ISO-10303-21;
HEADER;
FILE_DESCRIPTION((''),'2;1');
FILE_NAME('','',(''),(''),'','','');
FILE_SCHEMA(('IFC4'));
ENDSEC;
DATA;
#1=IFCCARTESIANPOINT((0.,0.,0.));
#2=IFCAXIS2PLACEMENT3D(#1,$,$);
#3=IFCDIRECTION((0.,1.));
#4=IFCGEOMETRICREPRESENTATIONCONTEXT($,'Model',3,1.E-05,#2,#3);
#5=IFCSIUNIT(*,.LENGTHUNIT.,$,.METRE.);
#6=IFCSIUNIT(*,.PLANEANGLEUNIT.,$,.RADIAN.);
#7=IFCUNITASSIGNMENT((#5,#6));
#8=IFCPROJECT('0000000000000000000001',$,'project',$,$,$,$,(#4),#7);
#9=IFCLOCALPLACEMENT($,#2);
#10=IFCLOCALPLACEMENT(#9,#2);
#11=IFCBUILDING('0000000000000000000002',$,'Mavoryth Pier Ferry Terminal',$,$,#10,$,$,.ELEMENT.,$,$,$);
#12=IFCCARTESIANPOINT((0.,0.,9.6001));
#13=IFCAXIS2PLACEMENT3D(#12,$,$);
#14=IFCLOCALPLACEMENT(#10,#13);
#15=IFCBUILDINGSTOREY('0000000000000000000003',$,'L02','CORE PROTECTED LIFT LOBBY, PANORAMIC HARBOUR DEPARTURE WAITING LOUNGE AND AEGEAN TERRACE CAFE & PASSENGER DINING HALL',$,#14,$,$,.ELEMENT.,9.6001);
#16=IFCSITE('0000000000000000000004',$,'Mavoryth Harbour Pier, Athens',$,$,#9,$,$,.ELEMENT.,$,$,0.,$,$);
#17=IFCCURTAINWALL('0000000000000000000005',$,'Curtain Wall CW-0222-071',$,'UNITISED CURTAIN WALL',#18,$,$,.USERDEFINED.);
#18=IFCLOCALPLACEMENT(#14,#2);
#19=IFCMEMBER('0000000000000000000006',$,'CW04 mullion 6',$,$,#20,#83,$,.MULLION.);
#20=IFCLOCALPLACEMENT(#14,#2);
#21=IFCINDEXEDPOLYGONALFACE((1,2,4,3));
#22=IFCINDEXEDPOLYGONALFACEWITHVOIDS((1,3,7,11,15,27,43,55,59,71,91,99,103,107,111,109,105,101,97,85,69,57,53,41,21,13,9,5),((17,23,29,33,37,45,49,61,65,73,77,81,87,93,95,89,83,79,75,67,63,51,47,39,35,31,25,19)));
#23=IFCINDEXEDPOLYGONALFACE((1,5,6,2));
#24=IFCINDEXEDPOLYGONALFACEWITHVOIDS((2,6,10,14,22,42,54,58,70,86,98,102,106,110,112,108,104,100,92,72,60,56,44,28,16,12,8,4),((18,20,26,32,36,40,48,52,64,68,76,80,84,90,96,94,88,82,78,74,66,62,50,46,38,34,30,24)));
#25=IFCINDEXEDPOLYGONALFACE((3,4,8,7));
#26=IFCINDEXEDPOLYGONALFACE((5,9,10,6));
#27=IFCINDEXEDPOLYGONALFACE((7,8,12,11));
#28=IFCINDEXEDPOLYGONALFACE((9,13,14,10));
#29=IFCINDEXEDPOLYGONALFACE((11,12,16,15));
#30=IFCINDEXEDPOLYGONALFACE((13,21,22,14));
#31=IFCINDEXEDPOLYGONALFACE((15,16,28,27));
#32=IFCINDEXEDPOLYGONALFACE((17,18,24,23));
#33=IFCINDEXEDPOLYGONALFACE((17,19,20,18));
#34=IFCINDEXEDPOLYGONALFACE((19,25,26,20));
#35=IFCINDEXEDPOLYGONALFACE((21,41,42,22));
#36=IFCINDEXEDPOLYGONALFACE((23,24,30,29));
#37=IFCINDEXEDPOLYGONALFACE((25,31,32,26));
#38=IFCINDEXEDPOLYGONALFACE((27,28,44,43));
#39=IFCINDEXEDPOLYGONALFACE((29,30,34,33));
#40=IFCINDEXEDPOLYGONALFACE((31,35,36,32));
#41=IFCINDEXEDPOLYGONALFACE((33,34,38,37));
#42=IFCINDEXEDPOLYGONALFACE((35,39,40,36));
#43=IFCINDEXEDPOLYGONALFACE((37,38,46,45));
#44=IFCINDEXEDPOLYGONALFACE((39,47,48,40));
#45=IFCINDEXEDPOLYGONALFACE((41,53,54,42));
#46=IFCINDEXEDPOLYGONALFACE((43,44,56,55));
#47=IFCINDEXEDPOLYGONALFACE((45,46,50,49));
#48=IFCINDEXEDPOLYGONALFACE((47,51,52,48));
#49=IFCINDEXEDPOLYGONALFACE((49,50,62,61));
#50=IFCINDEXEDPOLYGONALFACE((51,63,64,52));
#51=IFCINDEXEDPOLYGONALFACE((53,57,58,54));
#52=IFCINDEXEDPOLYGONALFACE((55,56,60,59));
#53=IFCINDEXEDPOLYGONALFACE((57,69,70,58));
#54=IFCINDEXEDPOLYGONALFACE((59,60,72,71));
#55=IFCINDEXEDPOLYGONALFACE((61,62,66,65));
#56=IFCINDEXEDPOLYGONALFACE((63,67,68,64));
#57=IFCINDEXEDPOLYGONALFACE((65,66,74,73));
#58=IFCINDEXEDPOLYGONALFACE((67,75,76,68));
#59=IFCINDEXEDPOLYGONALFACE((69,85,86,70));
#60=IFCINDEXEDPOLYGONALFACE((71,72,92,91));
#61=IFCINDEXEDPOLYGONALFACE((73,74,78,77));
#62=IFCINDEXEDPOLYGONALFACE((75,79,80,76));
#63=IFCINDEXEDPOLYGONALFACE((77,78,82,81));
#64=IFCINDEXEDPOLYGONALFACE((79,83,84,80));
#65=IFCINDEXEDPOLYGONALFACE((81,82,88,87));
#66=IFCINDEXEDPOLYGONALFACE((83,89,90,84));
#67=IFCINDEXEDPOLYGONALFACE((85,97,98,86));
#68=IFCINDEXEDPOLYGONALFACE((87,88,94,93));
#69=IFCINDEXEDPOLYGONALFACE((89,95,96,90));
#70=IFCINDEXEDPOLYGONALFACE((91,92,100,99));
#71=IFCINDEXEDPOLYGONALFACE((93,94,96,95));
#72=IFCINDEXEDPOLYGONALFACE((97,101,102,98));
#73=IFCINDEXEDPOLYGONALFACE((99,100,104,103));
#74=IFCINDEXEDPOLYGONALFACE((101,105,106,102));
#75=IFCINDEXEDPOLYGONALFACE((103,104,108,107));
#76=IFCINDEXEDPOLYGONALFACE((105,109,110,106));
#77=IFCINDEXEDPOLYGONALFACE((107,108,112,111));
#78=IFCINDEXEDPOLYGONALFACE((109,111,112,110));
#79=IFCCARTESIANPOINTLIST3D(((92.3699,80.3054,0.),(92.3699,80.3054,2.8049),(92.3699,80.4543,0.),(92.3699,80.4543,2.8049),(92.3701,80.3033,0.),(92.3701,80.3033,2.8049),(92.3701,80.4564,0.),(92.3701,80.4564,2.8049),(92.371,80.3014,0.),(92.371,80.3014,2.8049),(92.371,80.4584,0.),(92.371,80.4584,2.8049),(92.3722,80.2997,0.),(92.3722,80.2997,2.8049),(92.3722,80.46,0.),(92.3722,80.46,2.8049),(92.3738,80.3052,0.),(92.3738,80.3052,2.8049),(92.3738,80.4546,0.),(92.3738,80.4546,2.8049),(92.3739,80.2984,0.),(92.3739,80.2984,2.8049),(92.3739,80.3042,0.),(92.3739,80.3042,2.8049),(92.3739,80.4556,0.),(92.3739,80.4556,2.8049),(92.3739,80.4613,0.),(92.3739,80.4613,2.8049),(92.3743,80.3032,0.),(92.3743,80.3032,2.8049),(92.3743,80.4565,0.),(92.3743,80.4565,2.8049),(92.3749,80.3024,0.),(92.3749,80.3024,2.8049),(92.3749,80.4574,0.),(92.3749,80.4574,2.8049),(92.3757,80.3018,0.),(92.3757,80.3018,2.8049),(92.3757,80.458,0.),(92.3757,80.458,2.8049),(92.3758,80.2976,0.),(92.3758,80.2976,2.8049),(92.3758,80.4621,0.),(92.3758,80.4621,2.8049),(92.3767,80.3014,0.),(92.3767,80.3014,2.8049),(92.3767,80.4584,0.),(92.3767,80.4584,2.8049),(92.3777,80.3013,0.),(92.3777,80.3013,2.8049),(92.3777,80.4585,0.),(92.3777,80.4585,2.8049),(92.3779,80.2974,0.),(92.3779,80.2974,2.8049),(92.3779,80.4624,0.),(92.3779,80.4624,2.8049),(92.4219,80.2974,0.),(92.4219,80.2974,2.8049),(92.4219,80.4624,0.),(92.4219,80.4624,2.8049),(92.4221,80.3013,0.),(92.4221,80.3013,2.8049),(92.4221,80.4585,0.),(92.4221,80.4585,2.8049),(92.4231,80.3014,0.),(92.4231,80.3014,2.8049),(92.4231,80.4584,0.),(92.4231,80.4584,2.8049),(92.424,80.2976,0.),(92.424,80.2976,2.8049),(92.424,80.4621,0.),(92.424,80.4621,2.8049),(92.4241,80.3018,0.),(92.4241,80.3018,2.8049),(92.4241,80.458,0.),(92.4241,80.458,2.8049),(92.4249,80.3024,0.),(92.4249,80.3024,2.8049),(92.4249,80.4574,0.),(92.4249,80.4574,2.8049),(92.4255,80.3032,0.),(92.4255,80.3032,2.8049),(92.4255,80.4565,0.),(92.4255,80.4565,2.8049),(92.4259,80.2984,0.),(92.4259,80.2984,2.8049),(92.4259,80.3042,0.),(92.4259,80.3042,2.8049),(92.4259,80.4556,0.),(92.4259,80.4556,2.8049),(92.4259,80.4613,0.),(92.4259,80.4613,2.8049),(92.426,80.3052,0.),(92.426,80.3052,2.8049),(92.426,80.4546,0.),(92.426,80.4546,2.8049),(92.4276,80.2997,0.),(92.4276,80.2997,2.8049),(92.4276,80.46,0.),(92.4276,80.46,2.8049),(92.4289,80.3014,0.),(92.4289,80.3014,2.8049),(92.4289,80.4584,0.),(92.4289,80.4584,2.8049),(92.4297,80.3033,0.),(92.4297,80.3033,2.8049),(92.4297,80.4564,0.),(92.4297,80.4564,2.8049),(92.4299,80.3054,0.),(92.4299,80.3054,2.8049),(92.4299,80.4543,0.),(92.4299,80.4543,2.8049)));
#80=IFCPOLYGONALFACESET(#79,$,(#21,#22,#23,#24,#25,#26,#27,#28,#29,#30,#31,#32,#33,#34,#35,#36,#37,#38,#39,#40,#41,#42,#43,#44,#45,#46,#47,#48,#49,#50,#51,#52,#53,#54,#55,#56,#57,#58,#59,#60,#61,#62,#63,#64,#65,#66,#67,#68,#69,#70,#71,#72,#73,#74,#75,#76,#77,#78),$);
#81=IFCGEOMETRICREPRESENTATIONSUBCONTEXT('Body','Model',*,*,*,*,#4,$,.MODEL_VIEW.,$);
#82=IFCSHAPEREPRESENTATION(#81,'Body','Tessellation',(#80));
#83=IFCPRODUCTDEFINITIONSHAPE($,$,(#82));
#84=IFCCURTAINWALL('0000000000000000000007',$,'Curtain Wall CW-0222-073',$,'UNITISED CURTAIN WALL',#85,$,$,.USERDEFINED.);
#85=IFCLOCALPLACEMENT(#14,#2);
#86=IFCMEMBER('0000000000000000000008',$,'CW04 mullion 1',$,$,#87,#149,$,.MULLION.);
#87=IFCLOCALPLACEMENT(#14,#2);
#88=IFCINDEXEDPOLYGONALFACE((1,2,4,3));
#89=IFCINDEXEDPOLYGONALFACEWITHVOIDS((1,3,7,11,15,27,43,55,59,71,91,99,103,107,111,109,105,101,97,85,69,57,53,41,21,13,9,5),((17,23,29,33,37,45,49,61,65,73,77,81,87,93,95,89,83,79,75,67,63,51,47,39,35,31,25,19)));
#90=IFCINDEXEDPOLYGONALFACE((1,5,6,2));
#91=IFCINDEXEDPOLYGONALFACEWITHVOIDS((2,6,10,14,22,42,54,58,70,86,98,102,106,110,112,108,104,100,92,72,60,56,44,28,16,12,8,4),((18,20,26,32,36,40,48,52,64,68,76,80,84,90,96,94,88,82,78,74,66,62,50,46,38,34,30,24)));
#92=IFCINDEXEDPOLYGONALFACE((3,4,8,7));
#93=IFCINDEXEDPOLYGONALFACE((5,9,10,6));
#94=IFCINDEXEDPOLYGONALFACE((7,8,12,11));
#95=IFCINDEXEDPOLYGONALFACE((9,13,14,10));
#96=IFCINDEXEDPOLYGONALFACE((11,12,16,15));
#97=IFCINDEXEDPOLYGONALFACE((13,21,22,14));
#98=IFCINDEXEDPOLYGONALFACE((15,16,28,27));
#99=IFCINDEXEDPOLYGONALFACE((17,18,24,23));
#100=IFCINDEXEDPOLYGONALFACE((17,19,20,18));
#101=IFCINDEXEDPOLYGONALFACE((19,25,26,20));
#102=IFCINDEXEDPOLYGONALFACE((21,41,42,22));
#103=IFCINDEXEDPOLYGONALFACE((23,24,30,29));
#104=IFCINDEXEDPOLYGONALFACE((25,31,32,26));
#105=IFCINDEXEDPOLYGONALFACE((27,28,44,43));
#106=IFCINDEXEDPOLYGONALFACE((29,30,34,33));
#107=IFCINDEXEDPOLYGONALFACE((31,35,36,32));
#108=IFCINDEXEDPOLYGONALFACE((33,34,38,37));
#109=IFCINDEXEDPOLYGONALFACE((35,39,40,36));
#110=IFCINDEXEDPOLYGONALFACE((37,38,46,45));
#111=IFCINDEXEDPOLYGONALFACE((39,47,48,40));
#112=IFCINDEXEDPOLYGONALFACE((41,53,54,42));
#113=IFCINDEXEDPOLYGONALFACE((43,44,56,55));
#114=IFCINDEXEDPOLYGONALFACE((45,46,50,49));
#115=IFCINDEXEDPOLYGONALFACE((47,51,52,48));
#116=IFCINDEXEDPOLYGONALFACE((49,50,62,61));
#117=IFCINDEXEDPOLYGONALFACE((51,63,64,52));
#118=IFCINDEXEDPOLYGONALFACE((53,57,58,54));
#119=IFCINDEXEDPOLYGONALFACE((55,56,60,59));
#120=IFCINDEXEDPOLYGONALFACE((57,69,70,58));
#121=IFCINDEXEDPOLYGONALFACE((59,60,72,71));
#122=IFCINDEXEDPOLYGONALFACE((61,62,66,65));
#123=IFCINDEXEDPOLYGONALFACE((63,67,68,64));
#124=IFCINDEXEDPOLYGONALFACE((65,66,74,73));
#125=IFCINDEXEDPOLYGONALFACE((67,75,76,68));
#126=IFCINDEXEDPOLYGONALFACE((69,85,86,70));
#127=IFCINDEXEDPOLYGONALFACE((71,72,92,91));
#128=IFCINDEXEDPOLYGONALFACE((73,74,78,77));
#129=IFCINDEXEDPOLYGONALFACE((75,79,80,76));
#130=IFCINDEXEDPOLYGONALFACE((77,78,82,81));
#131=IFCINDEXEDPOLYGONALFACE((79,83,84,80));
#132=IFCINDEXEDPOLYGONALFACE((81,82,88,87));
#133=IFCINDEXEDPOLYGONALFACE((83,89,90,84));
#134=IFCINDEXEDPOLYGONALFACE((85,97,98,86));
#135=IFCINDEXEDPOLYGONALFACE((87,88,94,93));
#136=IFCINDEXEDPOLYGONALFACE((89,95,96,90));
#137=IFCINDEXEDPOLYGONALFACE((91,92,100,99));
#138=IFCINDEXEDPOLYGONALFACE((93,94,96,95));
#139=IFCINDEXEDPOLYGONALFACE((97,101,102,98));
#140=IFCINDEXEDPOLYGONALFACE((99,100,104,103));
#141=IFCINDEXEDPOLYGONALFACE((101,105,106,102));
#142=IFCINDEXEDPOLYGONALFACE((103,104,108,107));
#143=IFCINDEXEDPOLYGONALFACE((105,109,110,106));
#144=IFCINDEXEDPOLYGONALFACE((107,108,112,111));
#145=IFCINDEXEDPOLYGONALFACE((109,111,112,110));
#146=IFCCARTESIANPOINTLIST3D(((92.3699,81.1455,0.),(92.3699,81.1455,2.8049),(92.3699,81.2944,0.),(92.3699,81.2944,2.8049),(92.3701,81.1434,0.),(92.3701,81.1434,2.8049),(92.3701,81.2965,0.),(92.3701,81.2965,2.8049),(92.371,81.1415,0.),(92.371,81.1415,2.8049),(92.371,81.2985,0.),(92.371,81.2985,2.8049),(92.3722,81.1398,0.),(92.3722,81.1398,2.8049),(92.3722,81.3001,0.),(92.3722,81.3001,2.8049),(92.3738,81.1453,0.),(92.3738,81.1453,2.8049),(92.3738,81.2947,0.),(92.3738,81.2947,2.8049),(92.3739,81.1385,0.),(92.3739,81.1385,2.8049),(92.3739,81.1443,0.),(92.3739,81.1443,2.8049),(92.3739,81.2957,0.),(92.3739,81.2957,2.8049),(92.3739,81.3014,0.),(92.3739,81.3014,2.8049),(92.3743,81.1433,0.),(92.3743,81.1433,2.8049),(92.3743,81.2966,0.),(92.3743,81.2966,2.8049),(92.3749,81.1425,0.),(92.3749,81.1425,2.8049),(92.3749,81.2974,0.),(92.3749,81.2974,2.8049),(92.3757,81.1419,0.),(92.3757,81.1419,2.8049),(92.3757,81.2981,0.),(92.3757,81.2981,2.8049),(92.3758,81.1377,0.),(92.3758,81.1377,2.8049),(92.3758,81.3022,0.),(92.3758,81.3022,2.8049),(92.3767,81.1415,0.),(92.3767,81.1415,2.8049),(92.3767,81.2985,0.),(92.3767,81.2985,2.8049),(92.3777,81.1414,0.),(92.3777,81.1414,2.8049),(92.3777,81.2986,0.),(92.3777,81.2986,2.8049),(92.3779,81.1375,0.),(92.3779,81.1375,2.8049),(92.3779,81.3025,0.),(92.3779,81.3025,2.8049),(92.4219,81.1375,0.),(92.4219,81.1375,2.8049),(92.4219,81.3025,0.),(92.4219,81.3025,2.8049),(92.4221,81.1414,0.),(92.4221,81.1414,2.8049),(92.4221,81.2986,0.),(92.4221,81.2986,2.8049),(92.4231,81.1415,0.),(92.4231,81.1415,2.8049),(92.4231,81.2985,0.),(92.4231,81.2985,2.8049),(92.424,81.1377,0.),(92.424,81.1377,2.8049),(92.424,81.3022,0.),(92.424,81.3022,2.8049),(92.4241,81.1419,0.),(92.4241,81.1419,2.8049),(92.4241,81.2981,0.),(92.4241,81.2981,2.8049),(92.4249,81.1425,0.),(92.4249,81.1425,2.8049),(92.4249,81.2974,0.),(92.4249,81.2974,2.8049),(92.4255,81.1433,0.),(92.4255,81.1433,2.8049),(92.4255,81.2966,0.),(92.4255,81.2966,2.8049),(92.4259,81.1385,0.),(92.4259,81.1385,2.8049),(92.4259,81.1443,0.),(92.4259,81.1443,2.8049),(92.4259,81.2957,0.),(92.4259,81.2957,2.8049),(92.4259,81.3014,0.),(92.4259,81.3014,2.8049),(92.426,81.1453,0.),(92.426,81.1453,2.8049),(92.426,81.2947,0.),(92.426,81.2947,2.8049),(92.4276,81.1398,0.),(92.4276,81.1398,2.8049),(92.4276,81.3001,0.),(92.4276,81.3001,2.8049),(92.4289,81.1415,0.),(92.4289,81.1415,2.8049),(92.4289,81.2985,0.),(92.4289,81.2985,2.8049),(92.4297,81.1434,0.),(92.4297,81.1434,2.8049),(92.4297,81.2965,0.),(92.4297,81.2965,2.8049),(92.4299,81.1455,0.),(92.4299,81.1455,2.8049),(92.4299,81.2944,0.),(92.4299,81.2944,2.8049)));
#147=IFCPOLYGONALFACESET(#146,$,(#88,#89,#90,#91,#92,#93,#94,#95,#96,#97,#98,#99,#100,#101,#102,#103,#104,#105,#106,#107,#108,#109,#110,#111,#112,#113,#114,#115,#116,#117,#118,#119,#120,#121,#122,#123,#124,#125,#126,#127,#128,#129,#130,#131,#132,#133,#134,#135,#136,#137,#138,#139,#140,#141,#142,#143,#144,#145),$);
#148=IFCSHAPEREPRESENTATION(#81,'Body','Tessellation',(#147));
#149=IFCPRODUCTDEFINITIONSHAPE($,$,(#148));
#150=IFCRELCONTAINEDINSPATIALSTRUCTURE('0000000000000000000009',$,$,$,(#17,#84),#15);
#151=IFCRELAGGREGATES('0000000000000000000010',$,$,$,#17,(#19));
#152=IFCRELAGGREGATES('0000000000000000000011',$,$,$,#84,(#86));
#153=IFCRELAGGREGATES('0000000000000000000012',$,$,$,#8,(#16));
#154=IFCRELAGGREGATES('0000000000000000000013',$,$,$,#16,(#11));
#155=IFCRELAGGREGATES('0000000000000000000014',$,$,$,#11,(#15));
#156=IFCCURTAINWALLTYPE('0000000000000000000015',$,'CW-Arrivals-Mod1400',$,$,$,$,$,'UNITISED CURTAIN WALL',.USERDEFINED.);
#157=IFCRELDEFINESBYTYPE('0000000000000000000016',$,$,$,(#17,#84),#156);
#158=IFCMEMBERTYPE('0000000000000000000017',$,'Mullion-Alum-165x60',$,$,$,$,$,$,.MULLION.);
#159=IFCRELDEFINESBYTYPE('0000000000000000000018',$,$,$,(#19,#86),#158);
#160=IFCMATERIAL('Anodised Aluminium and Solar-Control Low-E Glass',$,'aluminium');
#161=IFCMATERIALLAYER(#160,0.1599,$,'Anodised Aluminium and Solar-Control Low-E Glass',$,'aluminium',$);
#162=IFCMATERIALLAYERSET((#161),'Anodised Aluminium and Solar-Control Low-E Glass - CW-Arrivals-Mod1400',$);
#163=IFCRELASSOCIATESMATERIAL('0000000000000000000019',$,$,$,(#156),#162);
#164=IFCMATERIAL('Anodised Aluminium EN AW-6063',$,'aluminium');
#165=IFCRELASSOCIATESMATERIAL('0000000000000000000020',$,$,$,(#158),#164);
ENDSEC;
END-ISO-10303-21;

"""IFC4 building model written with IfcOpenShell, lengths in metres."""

from ifc_helpers import new_model, si_unit, direction, frame, origin, origin_2d, place, context, subcontext, project, spatial, hollow_rectangle, extrude, material, layer, layer_set, material_profile, profile_set, type_object, element, aggregate, save


model = new_model("IFC4")

# Units and contexts
model_context = context("Model", 3, precision=1e-05, world=origin(), true_north=direction((0.0, 1.0)))
body_context = subcontext(model_context, "Body", "Model", "MODEL_VIEW")
ifc_project = project(units=[si_unit("LENGTHUNIT", "METRE"), si_unit("PLANEANGLEUNIT", "RADIAN")], contexts=[model_context])

# Site, building, storey
site_placement = place(None, origin())
site = spatial("IfcSite", under=ifc_project, at=site_placement, Name="Mavoryth Harbour Pier, Athens", CompositionType="ELEMENT", RefElevation=0.0)
building_placement = place(site_placement, origin())
building = spatial("IfcBuilding", under=site, at=building_placement, Name="Mavoryth Pier Ferry Terminal", CompositionType="ELEMENT")
storey_placement = place(building_placement, frame((0.0, 0.0, 9.6001)))
storey = spatial("IfcBuildingStorey", under=building, at=storey_placement, Name="L02", Description="CORE PROTECTED LIFT LOBBY, PANORAMIC HARBOUR DEPARTURE WAITING LOUNGE AND AEGEAN TERRACE CAFE & PASSENGER DINING HALL", CompositionType="ELEMENT", Elevation=9.6001)

# Curtain walls, members
ifc_material_1 = material(Name="Anodised Aluminium and Solar-Control Low-E Glass", Category="aluminium")
ifc_layer_1 = layer(ifc_material_1, 0.1599, Name="Anodised Aluminium and Solar-Control Low-E Glass", Category="aluminium")
ifc_layer_set_1 = layer_set([ifc_layer_1], Name="Anodised Aluminium and Solar-Control Low-E Glass - CW-Arrivals-Mod1400")
curtain_wall_type = type_object("IfcCurtainWallType", Name="CW-Arrivals-Mod1400", ElementType="UNITISED CURTAIN WALL", PredefinedType="USERDEFINED", material=ifc_layer_set_1)
curtain_wall_1_placement = place(storey_placement, origin())
curtain_wall_1 = element("IfcCurtainWall", 1, at=curtain_wall_1_placement, inside=storey, type_object=curtain_wall_type, Name="Curtain Wall CW-0222-071", ObjectType="UNITISED CURTAIN WALL", PredefinedType="USERDEFINED")
ifc_material_2 = material(Name="Anodised Aluminium EN AW-6063", Category="aluminium")
ifc_material_profile_1 = material_profile(ifc_material_2, hollow_rectangle(XDim=0.0601, YDim=0.165, WallThickness=0.0039, InnerFilletRadius=0.0039, OuterFilletRadius=0.0081, at=origin_2d()), Name="AL-MULL 165x60x4", Category="aluminium")
ifc_profile_set_1 = profile_set([ifc_material_profile_1], Name="Anodised Aluminium EN AW-6063 - AL-MULL 165x60x4")
member_type_1 = type_object("IfcMemberType", Name="Mullion-Alum-165x60", PredefinedType="MULLION", material=ifc_profile_set_1)
member_1_placement = place(storey_placement, frame((92.3999, 80.3799, 0.0), z_axis=(0.0, 0.0, 1.0), x_axis=(-1.0, 0.0, 0.0)))
member_1 = element("IfcMember", 2, at=member_1_placement, type_object=member_type_1, Name="CW04 mullion 6", PredefinedType="MULLION", context=body_context, shape_type="SweptSolid", body=[
    extrude(hollow_rectangle(XDim=0.0601, YDim=0.165, WallThickness=0.0039, InnerFilletRadius=0.0039, OuterFilletRadius=0.0081, at=origin_2d()), origin(), (0.0, 0.0, 1.0), 2.8049),
])
curtain_wall_2_placement = place(storey_placement, origin())
curtain_wall_2 = element("IfcCurtainWall", 3, at=curtain_wall_2_placement, inside=storey, type_object=curtain_wall_type, Name="Curtain Wall CW-0222-073", ObjectType="UNITISED CURTAIN WALL", PredefinedType="USERDEFINED")
member_2_placement = place(storey_placement, frame((92.3999, 81.22, 0.0), z_axis=(0.0, 0.0, 1.0), x_axis=(-1.0, 0.0, 0.0)))
member_2 = element("IfcMember", 4, at=member_2_placement, type_object=member_type_1, Name="CW04 mullion 1", PredefinedType="MULLION", context=body_context, shape_type="SweptSolid", body=[
    extrude(hollow_rectangle(XDim=0.0601, YDim=0.165, WallThickness=0.0039, InnerFilletRadius=0.0039, OuterFilletRadius=0.0081, at=origin_2d()), origin(), (0.0, 0.0, 1.0), 2.8049),
])

aggregate(curtain_wall_1, [member_1])
aggregate(curtain_wall_2, [member_2])

save(model, "model.ifc")
